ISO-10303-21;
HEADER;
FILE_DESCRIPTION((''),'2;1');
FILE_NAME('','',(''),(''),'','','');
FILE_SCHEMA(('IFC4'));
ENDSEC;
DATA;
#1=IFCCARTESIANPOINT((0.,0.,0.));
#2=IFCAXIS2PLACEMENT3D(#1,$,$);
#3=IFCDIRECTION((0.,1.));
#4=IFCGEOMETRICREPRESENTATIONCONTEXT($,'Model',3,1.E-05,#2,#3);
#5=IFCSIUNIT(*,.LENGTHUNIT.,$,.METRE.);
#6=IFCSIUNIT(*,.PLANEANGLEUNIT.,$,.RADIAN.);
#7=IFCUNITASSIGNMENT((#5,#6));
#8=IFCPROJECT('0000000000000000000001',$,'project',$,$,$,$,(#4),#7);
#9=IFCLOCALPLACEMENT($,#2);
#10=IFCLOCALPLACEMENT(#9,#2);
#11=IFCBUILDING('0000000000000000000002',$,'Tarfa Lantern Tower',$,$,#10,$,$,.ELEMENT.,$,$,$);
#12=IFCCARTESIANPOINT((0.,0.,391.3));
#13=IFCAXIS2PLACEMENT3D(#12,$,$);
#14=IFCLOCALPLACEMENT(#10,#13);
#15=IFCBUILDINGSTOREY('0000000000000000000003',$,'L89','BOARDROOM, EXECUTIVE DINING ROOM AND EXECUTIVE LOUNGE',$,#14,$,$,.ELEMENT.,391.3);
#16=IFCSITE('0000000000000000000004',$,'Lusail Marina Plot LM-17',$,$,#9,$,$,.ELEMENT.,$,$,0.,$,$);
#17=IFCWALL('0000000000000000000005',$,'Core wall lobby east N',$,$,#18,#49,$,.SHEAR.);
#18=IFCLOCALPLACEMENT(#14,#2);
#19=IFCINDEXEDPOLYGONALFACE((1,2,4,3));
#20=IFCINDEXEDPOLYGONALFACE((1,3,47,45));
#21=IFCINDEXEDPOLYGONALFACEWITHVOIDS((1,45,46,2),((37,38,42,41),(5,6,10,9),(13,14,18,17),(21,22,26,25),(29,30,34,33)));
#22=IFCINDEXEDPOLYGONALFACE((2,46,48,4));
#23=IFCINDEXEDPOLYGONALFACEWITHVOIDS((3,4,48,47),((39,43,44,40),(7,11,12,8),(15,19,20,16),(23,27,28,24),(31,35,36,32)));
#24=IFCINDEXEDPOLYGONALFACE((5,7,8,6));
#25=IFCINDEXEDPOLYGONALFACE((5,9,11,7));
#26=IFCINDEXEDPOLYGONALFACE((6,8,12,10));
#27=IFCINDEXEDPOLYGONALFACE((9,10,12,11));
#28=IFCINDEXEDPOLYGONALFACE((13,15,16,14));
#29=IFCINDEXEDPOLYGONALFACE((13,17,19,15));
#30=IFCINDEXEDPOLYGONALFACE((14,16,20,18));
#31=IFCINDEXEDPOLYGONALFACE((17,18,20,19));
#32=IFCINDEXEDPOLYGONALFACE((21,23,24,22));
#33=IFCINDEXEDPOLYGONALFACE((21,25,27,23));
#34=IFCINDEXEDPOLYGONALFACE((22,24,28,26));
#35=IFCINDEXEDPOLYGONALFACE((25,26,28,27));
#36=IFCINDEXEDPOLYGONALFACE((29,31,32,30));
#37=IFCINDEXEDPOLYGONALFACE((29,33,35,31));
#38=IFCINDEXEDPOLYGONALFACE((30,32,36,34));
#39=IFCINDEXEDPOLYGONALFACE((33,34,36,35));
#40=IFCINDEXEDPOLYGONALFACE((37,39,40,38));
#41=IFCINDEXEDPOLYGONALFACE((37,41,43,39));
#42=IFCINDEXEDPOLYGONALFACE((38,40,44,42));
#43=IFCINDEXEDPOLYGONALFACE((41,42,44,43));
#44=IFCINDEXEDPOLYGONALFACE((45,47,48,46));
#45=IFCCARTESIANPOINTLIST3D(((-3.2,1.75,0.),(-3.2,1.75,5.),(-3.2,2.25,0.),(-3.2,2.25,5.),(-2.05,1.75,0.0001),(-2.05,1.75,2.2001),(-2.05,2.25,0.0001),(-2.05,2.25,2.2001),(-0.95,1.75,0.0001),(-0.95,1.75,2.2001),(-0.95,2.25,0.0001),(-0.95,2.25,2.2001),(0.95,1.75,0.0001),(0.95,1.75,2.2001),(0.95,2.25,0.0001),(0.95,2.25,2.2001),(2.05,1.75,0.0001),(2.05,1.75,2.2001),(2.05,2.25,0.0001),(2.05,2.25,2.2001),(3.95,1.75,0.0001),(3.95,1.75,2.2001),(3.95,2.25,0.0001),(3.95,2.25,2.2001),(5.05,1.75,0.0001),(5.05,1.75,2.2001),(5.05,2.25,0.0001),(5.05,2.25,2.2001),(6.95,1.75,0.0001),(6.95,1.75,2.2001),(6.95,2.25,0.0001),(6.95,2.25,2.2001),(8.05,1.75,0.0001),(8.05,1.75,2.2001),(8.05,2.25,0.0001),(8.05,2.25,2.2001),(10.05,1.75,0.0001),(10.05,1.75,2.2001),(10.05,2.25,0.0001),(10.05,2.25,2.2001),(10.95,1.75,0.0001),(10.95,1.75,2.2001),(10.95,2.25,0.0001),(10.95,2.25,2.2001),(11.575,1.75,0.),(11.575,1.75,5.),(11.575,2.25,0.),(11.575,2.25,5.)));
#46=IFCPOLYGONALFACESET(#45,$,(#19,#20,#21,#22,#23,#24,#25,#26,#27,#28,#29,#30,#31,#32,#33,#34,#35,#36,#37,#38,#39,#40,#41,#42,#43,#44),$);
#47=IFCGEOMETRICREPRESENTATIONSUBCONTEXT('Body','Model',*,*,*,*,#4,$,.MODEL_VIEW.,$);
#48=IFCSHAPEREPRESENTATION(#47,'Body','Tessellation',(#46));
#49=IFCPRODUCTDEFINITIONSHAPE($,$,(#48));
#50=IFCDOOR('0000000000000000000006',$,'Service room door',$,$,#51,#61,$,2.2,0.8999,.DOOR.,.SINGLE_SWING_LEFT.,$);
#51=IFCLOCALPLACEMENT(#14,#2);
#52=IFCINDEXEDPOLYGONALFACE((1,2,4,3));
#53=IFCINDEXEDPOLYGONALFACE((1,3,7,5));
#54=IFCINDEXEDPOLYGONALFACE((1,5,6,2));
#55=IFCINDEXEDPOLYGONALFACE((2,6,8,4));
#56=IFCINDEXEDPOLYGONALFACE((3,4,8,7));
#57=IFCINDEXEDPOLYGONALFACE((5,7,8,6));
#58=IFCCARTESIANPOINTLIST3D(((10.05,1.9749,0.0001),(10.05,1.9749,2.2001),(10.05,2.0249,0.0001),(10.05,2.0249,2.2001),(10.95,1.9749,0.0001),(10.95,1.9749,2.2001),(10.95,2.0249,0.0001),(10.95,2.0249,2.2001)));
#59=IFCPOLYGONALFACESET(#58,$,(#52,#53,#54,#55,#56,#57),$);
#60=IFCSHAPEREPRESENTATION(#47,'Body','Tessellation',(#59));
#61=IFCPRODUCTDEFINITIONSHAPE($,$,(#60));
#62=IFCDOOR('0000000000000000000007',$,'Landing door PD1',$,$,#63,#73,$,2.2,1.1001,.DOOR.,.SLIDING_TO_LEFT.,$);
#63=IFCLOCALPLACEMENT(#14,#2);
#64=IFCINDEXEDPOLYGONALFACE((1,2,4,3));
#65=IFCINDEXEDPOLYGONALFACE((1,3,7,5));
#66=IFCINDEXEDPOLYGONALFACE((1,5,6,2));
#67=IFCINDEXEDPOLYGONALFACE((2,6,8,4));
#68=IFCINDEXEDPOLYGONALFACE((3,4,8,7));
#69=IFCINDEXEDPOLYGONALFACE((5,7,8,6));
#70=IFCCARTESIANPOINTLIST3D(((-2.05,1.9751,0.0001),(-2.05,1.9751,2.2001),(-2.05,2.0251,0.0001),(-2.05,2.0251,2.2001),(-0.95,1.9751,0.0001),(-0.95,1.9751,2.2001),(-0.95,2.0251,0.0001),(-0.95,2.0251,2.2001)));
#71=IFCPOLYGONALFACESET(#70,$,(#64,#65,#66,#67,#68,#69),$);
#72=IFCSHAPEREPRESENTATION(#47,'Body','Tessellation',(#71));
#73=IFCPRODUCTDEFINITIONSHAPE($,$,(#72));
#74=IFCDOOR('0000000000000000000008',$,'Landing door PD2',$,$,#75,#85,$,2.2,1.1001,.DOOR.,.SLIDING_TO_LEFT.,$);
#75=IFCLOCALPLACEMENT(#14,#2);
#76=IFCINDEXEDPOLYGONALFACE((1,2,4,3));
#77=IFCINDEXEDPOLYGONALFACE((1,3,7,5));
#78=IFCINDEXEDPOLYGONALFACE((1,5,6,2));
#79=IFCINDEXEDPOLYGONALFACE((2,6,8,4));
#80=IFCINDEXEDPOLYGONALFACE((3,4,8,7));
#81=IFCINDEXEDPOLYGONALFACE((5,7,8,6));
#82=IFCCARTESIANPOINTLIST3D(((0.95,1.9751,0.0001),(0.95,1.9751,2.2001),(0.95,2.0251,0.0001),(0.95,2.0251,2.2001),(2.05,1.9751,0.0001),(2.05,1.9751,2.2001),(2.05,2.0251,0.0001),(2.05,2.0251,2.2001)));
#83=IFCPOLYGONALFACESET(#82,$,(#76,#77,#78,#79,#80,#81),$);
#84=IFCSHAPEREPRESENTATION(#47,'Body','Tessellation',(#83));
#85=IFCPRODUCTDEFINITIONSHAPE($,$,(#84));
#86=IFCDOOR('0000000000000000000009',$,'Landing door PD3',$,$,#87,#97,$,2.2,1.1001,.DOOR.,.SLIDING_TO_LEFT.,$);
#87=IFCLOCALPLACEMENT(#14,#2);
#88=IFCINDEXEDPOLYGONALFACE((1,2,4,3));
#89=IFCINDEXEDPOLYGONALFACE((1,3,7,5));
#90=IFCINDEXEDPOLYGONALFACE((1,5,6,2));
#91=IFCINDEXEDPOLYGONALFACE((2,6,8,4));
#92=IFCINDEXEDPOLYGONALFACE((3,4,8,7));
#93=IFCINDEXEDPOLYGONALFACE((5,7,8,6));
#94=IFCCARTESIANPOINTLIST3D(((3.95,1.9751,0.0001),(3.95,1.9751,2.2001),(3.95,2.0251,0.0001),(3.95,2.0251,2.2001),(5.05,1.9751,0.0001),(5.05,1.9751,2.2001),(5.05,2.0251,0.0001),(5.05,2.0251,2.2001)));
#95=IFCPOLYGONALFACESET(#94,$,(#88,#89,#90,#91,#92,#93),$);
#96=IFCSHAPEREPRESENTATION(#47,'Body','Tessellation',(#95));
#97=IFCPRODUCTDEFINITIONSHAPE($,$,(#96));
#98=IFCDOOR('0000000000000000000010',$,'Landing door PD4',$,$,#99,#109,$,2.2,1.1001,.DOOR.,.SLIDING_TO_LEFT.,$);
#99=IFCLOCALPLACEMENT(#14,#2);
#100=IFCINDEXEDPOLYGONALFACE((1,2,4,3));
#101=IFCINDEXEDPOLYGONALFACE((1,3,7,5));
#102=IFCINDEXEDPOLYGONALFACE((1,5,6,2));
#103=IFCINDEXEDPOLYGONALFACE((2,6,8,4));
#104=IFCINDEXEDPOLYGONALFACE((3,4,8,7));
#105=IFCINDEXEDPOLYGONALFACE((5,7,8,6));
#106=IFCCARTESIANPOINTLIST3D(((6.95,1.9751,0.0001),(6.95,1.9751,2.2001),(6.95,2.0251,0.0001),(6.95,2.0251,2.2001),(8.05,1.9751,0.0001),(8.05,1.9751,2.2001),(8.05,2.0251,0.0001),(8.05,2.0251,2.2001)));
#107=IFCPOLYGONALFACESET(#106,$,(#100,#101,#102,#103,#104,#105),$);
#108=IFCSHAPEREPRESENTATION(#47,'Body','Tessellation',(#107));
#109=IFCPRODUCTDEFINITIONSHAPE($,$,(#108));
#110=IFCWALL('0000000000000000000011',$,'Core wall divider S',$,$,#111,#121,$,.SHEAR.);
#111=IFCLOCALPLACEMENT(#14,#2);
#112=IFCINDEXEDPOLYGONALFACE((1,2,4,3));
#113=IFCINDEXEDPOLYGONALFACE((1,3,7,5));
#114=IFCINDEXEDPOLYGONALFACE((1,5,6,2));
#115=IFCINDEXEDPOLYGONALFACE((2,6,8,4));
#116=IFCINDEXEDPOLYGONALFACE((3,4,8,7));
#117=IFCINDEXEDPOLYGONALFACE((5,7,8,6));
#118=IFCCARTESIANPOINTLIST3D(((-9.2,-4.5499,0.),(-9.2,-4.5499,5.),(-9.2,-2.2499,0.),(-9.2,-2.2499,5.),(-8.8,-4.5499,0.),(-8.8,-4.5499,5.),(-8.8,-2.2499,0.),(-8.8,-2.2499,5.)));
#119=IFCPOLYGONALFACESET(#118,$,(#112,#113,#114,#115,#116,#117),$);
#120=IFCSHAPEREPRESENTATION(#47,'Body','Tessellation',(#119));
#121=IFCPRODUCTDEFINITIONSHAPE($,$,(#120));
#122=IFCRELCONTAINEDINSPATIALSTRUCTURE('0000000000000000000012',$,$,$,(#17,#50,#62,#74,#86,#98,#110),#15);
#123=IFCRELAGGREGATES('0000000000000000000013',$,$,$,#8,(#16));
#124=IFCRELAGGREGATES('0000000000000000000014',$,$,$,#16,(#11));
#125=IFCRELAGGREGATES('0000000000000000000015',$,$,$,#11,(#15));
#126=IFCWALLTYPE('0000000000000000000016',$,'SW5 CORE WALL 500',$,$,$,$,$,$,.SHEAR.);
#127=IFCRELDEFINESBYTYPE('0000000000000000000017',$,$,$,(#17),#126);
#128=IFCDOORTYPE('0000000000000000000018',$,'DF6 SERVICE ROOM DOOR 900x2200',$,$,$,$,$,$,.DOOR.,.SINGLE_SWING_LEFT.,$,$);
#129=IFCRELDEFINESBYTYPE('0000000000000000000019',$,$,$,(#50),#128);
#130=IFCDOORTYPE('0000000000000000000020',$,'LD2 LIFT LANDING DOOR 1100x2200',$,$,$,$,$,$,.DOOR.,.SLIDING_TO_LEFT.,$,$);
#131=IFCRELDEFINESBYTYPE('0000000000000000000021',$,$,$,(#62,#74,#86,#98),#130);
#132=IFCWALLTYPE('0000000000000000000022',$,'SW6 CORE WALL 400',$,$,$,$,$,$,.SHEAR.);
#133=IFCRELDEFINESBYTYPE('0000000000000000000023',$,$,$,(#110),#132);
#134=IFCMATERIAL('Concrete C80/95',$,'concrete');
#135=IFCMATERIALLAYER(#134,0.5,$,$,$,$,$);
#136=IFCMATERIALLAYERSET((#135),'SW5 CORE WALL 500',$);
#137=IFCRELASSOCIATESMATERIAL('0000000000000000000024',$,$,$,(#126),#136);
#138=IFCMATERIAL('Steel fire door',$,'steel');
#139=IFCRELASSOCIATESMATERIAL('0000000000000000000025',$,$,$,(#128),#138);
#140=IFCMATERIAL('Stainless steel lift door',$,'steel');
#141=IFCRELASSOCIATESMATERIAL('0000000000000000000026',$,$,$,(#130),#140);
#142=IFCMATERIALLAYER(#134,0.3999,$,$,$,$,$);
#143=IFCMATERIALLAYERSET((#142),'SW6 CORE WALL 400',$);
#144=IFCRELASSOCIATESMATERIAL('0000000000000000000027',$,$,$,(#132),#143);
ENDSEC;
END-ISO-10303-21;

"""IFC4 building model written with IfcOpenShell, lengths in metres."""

from ifc_helpers import new_model, si_unit, direction, frame, frame_2d, origin, place, context, subcontext, project, spatial, rectangle, extrude, material, layer, layer_set, type_object, element, fill, save


model = new_model("IFC4")

# Units and contexts
model_context = context("Model", 3, precision=1e-05, world=origin(), true_north=direction((0.0, 1.0)))
body_context = subcontext(model_context, "Body", "Model", "MODEL_VIEW")
ifc_project = project(units=[si_unit("LENGTHUNIT", "METRE"), si_unit("PLANEANGLEUNIT", "RADIAN")], contexts=[model_context])

# Site, building, storey
site_placement = place(None, origin())
site = spatial("IfcSite", under=ifc_project, at=site_placement, Name="Lusail Marina Plot LM-17", CompositionType="ELEMENT", RefElevation=0.0)
building_placement = place(site_placement, origin())
building = spatial("IfcBuilding", under=site, at=building_placement, Name="Tarfa Lantern Tower", CompositionType="ELEMENT")
storey_placement = place(building_placement, frame((0.0, 0.0, 391.3)))
storey = spatial("IfcBuildingStorey", under=building, at=storey_placement, Name="L89", Description="BOARDROOM, EXECUTIVE DINING ROOM AND EXECUTIVE LOUNGE", CompositionType="ELEMENT", Elevation=391.3)

# Shared definitions
ifc_material_1 = material(Name="Concrete C80/95", Category="concrete")
ifc_layer_1 = layer(ifc_material_1, 0.5)
ifc_layer_set_1 = layer_set([ifc_layer_1], Name="SW5 CORE WALL 500")
wall_type_1 = type_object("IfcWallType", Name="SW5 CORE WALL 500", PredefinedType="SHEAR", material=ifc_layer_set_1)
ifc_material_2 = material(Name="Steel fire door", Category="steel")
door_type_1 = type_object("IfcDoorType", Name="DF6 SERVICE ROOM DOOR 900x2200", OperationType="SINGLE_SWING_LEFT", PredefinedType="DOOR", material=ifc_material_2)

# Wall, openings, doors
wall_1_placement = place(storey_placement, frame((-3.2, 2.0, 0.0), z_axis=(0.0, 0.0, 1.0), x_axis=(1.0, 0.0, 0.0)))
wall_1 = element("IfcWall", 1, at=wall_1_placement, inside=storey, type_object=wall_type_1, Name="Core wall lobby east N", PredefinedType="SHEAR", context=body_context, shape_type="SweptSolid", body=[
    extrude(rectangle(XDim=14.7749, YDim=0.5, at=frame_2d((7.3875, 0.0))), origin(), (0.0, 0.0, 1.0), 5.0),
])
opening_1_placement = place(wall_1_placement, frame((13.25, 0.0, 0.0)))
opening_1 = element("IfcOpeningElement", 2, at=opening_1_placement, cuts=wall_1, PredefinedType="OPENING", context=body_context, shape_type="SweptSolid", body=[
    extrude(rectangle(XDim=0.8999, YDim=2.2, at=frame_2d((0.45, 1.1001))), frame((0.0, 0.26, 0.0), z_axis=(0.0, -1.0, 0.0), x_axis=(1.0, 0.0, 0.0)), (0.0, 0.0, 1.0), 0.52),
])
opening_2_placement = place(wall_1_placement, frame((1.1499, 0.0, 0.0)))
opening_2 = element("IfcOpeningElement", 3, at=opening_2_placement, cuts=wall_1, PredefinedType="OPENING", context=body_context, shape_type="SweptSolid", body=[
    extrude(rectangle(XDim=1.1001, YDim=2.2, at=frame_2d((0.55, 1.1001))), frame((0.0, 0.26, 0.0), z_axis=(0.0, -1.0, 0.0), x_axis=(1.0, 0.0, 0.0)), (0.0, 0.0, 1.0), 0.52),
])
opening_3_placement = place(wall_1_placement, frame((4.1499, 0.0, 0.0)))
opening_3 = element("IfcOpeningElement", 4, at=opening_3_placement, cuts=wall_1, PredefinedType="OPENING", context=body_context, shape_type="SweptSolid", body=[
    extrude(rectangle(XDim=1.1001, YDim=2.2, at=frame_2d((0.55, 1.1001))), frame((0.0, 0.26, 0.0), z_axis=(0.0, -1.0, 0.0), x_axis=(1.0, 0.0, 0.0)), (0.0, 0.0, 1.0), 0.52),
])
opening_4_placement = place(wall_1_placement, frame((7.1499, 0.0, 0.0)))
opening_4 = element("IfcOpeningElement", 5, at=opening_4_placement, cuts=wall_1, PredefinedType="OPENING", context=body_context, shape_type="SweptSolid", body=[
    extrude(rectangle(XDim=1.1001, YDim=2.2, at=frame_2d((0.55, 1.1001))), frame((0.0, 0.26, 0.0), z_axis=(0.0, -1.0, 0.0), x_axis=(1.0, 0.0, 0.0)), (0.0, 0.0, 1.0), 0.52),
])
opening_5_placement = place(wall_1_placement, frame((10.1499, 0.0, 0.0)))
opening_5 = element("IfcOpeningElement", 6, at=opening_5_placement, cuts=wall_1, PredefinedType="OPENING", context=body_context, shape_type="SweptSolid", body=[
    extrude(rectangle(XDim=1.1001, YDim=2.2, at=frame_2d((0.55, 1.1001))), frame((0.0, 0.26, 0.0), z_axis=(0.0, -1.0, 0.0), x_axis=(1.0, 0.0, 0.0)), (0.0, 0.0, 1.0), 0.52),
])
door_1_placement = place(opening_1_placement, origin())
door_1 = element("IfcDoor", 7, at=door_1_placement, inside=storey, type_object=door_type_1, Name="Service room door", OperationType="SINGLE_SWING_LEFT", OverallHeight=2.2, OverallWidth=0.8999, PredefinedType="DOOR", context=body_context, shape_type="SweptSolid", body=[
    extrude(rectangle(XDim=0.8999, YDim=2.2, at=frame_2d((0.45, 1.1001))), frame((0.0, 0.0249, 0.0), z_axis=(0.0, -1.0, 0.0), x_axis=(1.0, 0.0, 0.0)), (0.0, 0.0, 1.0), 0.05),
])
fill(opening_1, door_1)
ifc_material_3 = material(Name="Stainless steel lift door", Category="steel")
door_type_2 = type_object("IfcDoorType", Name="LD2 LIFT LANDING DOOR 1100x2200", OperationType="SLIDING_TO_LEFT", PredefinedType="DOOR", material=ifc_material_3)
door_2_placement = place(opening_2_placement, frame((1.1001, 0.0, 0.0), z_axis=(0.0, 0.0, 1.0), x_axis=(-1.0, 0.0, 0.0)))
door_2 = element("IfcDoor", 8, at=door_2_placement, inside=storey, type_object=door_type_2, Name="Landing door PD1", OperationType="SLIDING_TO_LEFT", OverallHeight=2.2, OverallWidth=1.1001, PredefinedType="DOOR", context=body_context, shape_type="SweptSolid", body=[
    extrude(rectangle(XDim=1.1001, YDim=2.2, at=frame_2d((0.55, 1.1001))), frame((0.0, 0.0249, 0.0), z_axis=(0.0, -1.0, 0.0), x_axis=(1.0, 0.0, 0.0)), (0.0, 0.0, 1.0), 0.05),
])
fill(opening_2, door_2)
door_3_placement = place(opening_3_placement, frame((1.1001, 0.0, 0.0), z_axis=(0.0, 0.0, 1.0), x_axis=(-1.0, 0.0, 0.0)))
door_3 = element("IfcDoor", 9, at=door_3_placement, inside=storey, type_object=door_type_2, Name="Landing door PD2", OperationType="SLIDING_TO_LEFT", OverallHeight=2.2, OverallWidth=1.1001, PredefinedType="DOOR", context=body_context, shape_type="SweptSolid", body=[
    extrude(rectangle(XDim=1.1001, YDim=2.2, at=frame_2d((0.55, 1.1001))), frame((0.0, 0.0249, 0.0), z_axis=(0.0, -1.0, 0.0), x_axis=(1.0, 0.0, 0.0)), (0.0, 0.0, 1.0), 0.05),
])
fill(opening_3, door_3)
door_4_placement = place(opening_4_placement, frame((1.1001, 0.0, 0.0), z_axis=(0.0, 0.0, 1.0), x_axis=(-1.0, 0.0, 0.0)))
door_4 = element("IfcDoor", 10, at=door_4_placement, inside=storey, type_object=door_type_2, Name="Landing door PD3", OperationType="SLIDING_TO_LEFT", OverallHeight=2.2, OverallWidth=1.1001, PredefinedType="DOOR", context=body_context, shape_type="SweptSolid", body=[
    extrude(rectangle(XDim=1.1001, YDim=2.2, at=frame_2d((0.55, 1.1001))), frame((0.0, 0.0249, 0.0), z_axis=(0.0, -1.0, 0.0), x_axis=(1.0, 0.0, 0.0)), (0.0, 0.0, 1.0), 0.05),
])
fill(opening_4, door_4)
door_5_placement = place(opening_5_placement, frame((1.1001, 0.0, 0.0), z_axis=(0.0, 0.0, 1.0), x_axis=(-1.0, 0.0, 0.0)))
door_5 = element("IfcDoor", 11, at=door_5_placement, inside=storey, type_object=door_type_2, Name="Landing door PD4", OperationType="SLIDING_TO_LEFT", OverallHeight=2.2, OverallWidth=1.1001, PredefinedType="DOOR", context=body_context, shape_type="SweptSolid", body=[
    extrude(rectangle(XDim=1.1001, YDim=2.2, at=frame_2d((0.55, 1.1001))), frame((0.0, 0.0249, 0.0), z_axis=(0.0, -1.0, 0.0), x_axis=(1.0, 0.0, 0.0)), (0.0, 0.0, 1.0), 0.05),
])
fill(opening_5, door_5)

# Wall
ifc_layer_2 = layer(ifc_material_1, 0.3999)
ifc_layer_set_2 = layer_set([ifc_layer_2], Name="SW6 CORE WALL 400")
wall_type_2 = type_object("IfcWallType", Name="SW6 CORE WALL 400", PredefinedType="SHEAR", material=ifc_layer_set_2)
wall_2_placement = place(storey_placement, frame((-9.0, -2.25, 0.0), z_axis=(0.0, 0.0, 1.0), x_axis=(0.0, -1.0, 0.0)))
element("IfcWall", 12, at=wall_2_placement, inside=storey, type_object=wall_type_2, Name="Core wall divider S", PredefinedType="SHEAR", context=body_context, shape_type="SweptSolid", body=[
    extrude(rectangle(XDim=2.3, YDim=0.3999, at=frame_2d((1.1499, 0.0))), origin(), (0.0, 0.0, 1.0), 5.0),
])

save(model, "model.ifc")
